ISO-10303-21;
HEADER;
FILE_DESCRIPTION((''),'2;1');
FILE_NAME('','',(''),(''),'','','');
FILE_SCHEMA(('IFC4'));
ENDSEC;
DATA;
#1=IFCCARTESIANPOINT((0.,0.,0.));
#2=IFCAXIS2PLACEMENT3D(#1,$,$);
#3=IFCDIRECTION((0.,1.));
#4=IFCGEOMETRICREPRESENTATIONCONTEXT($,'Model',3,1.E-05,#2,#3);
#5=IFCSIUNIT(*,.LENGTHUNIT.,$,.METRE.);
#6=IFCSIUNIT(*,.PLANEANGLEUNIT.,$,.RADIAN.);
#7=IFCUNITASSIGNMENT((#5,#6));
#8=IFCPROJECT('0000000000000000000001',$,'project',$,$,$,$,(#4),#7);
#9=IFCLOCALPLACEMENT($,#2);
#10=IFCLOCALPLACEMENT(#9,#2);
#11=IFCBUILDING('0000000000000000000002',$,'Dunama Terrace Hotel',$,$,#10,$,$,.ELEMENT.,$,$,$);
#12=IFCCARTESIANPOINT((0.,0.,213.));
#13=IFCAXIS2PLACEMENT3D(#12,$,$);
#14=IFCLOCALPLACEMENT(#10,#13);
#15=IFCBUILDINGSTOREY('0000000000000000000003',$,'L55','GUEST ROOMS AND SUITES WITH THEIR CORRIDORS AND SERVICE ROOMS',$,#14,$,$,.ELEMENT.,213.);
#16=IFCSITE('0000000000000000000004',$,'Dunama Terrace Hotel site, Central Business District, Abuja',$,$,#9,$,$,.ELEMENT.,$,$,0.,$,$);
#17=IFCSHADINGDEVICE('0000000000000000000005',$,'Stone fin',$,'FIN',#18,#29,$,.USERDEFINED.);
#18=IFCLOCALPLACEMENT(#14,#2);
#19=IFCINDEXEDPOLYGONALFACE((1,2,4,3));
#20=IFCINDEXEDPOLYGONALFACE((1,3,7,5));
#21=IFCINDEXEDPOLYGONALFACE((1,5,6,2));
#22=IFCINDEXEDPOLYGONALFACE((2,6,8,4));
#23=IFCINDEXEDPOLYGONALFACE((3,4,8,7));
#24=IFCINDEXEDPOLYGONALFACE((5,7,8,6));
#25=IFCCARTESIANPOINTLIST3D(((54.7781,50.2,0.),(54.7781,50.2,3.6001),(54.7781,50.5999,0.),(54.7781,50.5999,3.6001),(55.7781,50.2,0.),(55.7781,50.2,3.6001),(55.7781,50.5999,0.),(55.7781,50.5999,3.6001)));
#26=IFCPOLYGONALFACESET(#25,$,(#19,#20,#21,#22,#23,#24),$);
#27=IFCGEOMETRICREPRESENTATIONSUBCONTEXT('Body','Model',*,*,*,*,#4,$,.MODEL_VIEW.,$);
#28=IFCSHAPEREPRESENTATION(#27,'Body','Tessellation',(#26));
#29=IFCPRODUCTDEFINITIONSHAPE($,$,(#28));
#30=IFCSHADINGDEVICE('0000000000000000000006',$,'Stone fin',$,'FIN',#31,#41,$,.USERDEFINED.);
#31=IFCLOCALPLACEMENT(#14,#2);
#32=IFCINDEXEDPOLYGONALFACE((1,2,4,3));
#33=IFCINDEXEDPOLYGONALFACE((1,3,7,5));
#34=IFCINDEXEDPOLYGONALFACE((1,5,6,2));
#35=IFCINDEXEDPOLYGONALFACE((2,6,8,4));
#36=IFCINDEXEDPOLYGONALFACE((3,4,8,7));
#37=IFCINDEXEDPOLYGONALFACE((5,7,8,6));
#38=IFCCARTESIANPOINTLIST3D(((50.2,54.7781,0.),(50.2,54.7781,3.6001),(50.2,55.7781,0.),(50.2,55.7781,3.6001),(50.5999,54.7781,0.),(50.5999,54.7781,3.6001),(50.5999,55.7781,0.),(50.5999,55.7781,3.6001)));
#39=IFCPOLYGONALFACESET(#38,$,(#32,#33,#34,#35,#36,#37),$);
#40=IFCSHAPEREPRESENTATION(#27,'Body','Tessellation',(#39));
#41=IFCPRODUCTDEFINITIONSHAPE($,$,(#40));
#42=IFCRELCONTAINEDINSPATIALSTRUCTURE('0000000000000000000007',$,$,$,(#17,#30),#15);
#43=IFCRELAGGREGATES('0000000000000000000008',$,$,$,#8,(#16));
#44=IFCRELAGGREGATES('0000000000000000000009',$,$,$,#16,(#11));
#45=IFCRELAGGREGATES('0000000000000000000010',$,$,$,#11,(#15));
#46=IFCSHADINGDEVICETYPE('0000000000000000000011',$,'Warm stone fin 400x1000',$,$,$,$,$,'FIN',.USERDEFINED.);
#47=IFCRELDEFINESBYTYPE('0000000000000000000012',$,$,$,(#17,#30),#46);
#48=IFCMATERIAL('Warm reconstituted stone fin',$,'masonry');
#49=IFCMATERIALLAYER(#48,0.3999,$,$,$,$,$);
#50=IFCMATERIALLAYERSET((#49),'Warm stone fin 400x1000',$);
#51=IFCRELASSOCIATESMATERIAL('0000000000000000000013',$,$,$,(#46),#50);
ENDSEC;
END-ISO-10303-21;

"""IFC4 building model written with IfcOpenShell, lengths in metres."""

from ifc_helpers import new_model, si_unit, direction, frame, origin, origin_2d, place, context, subcontext, project, spatial, rectangle, extrude, material, layer, layer_set, type_object, element, save


model = new_model("IFC4")

# Units and contexts
model_context = context("Model", 3, precision=1e-05, world=origin(), true_north=direction((0.0, 1.0)))
body_context = subcontext(model_context, "Body", "Model", "MODEL_VIEW")
ifc_project = project(units=[si_unit("LENGTHUNIT", "METRE"), si_unit("PLANEANGLEUNIT", "RADIAN")], contexts=[model_context])

# Site, building, storey
site_placement = place(None, origin())
site = spatial("IfcSite", under=ifc_project, at=site_placement, Name="Dunama Terrace Hotel site, Central Business District, Abuja", CompositionType="ELEMENT", RefElevation=0.0)
building_placement = place(site_placement, origin())
building = spatial("IfcBuilding", under=site, at=building_placement, Name="Dunama Terrace Hotel", CompositionType="ELEMENT")
storey_placement = place(building_placement, frame((0.0, 0.0, 213.0)))
storey = spatial("IfcBuildingStorey", under=building, at=storey_placement, Name="L55", Description="GUEST ROOMS AND SUITES WITH THEIR CORRIDORS AND SERVICE ROOMS", CompositionType="ELEMENT", Elevation=213.0)

# Shading devices
ifc_material_1 = material(Name="Warm reconstituted stone fin", Category="masonry")
ifc_layer_1 = layer(ifc_material_1, 0.3999)
ifc_layer_set_1 = layer_set([ifc_layer_1], Name="Warm stone fin 400x1000")
shading_device_type = type_object("IfcShadingDeviceType", Name="Warm stone fin 400x1000", ElementType="FIN", PredefinedType="USERDEFINED", material=ifc_layer_set_1)
for number, where, z_axis, x_axis, name in (
    (1, (55.2781, 50.3999, 0.0), (0.0, 0.0, 1.0), (0.0, 1.0, 0.0), "Stone fin"),
    (2, (50.3999, 55.2781, 0.0), (0.0, 0.0, 1.0), (-1.0, 0.0, 0.0), "Stone fin"),
):
    element("IfcShadingDevice", number, at=place(storey_placement, frame(where, z_axis=z_axis, x_axis=x_axis)), inside=storey, type_object=shading_device_type, Name=name, ObjectType="FIN", PredefinedType="USERDEFINED", context=body_context, shape_type="SweptSolid", body=[
        extrude(rectangle(XDim=0.3999, YDim=1.0, at=origin_2d()), origin(), (0.0, 0.0, 1.0), 3.6001),
    ])

save(model, "model.ifc")
